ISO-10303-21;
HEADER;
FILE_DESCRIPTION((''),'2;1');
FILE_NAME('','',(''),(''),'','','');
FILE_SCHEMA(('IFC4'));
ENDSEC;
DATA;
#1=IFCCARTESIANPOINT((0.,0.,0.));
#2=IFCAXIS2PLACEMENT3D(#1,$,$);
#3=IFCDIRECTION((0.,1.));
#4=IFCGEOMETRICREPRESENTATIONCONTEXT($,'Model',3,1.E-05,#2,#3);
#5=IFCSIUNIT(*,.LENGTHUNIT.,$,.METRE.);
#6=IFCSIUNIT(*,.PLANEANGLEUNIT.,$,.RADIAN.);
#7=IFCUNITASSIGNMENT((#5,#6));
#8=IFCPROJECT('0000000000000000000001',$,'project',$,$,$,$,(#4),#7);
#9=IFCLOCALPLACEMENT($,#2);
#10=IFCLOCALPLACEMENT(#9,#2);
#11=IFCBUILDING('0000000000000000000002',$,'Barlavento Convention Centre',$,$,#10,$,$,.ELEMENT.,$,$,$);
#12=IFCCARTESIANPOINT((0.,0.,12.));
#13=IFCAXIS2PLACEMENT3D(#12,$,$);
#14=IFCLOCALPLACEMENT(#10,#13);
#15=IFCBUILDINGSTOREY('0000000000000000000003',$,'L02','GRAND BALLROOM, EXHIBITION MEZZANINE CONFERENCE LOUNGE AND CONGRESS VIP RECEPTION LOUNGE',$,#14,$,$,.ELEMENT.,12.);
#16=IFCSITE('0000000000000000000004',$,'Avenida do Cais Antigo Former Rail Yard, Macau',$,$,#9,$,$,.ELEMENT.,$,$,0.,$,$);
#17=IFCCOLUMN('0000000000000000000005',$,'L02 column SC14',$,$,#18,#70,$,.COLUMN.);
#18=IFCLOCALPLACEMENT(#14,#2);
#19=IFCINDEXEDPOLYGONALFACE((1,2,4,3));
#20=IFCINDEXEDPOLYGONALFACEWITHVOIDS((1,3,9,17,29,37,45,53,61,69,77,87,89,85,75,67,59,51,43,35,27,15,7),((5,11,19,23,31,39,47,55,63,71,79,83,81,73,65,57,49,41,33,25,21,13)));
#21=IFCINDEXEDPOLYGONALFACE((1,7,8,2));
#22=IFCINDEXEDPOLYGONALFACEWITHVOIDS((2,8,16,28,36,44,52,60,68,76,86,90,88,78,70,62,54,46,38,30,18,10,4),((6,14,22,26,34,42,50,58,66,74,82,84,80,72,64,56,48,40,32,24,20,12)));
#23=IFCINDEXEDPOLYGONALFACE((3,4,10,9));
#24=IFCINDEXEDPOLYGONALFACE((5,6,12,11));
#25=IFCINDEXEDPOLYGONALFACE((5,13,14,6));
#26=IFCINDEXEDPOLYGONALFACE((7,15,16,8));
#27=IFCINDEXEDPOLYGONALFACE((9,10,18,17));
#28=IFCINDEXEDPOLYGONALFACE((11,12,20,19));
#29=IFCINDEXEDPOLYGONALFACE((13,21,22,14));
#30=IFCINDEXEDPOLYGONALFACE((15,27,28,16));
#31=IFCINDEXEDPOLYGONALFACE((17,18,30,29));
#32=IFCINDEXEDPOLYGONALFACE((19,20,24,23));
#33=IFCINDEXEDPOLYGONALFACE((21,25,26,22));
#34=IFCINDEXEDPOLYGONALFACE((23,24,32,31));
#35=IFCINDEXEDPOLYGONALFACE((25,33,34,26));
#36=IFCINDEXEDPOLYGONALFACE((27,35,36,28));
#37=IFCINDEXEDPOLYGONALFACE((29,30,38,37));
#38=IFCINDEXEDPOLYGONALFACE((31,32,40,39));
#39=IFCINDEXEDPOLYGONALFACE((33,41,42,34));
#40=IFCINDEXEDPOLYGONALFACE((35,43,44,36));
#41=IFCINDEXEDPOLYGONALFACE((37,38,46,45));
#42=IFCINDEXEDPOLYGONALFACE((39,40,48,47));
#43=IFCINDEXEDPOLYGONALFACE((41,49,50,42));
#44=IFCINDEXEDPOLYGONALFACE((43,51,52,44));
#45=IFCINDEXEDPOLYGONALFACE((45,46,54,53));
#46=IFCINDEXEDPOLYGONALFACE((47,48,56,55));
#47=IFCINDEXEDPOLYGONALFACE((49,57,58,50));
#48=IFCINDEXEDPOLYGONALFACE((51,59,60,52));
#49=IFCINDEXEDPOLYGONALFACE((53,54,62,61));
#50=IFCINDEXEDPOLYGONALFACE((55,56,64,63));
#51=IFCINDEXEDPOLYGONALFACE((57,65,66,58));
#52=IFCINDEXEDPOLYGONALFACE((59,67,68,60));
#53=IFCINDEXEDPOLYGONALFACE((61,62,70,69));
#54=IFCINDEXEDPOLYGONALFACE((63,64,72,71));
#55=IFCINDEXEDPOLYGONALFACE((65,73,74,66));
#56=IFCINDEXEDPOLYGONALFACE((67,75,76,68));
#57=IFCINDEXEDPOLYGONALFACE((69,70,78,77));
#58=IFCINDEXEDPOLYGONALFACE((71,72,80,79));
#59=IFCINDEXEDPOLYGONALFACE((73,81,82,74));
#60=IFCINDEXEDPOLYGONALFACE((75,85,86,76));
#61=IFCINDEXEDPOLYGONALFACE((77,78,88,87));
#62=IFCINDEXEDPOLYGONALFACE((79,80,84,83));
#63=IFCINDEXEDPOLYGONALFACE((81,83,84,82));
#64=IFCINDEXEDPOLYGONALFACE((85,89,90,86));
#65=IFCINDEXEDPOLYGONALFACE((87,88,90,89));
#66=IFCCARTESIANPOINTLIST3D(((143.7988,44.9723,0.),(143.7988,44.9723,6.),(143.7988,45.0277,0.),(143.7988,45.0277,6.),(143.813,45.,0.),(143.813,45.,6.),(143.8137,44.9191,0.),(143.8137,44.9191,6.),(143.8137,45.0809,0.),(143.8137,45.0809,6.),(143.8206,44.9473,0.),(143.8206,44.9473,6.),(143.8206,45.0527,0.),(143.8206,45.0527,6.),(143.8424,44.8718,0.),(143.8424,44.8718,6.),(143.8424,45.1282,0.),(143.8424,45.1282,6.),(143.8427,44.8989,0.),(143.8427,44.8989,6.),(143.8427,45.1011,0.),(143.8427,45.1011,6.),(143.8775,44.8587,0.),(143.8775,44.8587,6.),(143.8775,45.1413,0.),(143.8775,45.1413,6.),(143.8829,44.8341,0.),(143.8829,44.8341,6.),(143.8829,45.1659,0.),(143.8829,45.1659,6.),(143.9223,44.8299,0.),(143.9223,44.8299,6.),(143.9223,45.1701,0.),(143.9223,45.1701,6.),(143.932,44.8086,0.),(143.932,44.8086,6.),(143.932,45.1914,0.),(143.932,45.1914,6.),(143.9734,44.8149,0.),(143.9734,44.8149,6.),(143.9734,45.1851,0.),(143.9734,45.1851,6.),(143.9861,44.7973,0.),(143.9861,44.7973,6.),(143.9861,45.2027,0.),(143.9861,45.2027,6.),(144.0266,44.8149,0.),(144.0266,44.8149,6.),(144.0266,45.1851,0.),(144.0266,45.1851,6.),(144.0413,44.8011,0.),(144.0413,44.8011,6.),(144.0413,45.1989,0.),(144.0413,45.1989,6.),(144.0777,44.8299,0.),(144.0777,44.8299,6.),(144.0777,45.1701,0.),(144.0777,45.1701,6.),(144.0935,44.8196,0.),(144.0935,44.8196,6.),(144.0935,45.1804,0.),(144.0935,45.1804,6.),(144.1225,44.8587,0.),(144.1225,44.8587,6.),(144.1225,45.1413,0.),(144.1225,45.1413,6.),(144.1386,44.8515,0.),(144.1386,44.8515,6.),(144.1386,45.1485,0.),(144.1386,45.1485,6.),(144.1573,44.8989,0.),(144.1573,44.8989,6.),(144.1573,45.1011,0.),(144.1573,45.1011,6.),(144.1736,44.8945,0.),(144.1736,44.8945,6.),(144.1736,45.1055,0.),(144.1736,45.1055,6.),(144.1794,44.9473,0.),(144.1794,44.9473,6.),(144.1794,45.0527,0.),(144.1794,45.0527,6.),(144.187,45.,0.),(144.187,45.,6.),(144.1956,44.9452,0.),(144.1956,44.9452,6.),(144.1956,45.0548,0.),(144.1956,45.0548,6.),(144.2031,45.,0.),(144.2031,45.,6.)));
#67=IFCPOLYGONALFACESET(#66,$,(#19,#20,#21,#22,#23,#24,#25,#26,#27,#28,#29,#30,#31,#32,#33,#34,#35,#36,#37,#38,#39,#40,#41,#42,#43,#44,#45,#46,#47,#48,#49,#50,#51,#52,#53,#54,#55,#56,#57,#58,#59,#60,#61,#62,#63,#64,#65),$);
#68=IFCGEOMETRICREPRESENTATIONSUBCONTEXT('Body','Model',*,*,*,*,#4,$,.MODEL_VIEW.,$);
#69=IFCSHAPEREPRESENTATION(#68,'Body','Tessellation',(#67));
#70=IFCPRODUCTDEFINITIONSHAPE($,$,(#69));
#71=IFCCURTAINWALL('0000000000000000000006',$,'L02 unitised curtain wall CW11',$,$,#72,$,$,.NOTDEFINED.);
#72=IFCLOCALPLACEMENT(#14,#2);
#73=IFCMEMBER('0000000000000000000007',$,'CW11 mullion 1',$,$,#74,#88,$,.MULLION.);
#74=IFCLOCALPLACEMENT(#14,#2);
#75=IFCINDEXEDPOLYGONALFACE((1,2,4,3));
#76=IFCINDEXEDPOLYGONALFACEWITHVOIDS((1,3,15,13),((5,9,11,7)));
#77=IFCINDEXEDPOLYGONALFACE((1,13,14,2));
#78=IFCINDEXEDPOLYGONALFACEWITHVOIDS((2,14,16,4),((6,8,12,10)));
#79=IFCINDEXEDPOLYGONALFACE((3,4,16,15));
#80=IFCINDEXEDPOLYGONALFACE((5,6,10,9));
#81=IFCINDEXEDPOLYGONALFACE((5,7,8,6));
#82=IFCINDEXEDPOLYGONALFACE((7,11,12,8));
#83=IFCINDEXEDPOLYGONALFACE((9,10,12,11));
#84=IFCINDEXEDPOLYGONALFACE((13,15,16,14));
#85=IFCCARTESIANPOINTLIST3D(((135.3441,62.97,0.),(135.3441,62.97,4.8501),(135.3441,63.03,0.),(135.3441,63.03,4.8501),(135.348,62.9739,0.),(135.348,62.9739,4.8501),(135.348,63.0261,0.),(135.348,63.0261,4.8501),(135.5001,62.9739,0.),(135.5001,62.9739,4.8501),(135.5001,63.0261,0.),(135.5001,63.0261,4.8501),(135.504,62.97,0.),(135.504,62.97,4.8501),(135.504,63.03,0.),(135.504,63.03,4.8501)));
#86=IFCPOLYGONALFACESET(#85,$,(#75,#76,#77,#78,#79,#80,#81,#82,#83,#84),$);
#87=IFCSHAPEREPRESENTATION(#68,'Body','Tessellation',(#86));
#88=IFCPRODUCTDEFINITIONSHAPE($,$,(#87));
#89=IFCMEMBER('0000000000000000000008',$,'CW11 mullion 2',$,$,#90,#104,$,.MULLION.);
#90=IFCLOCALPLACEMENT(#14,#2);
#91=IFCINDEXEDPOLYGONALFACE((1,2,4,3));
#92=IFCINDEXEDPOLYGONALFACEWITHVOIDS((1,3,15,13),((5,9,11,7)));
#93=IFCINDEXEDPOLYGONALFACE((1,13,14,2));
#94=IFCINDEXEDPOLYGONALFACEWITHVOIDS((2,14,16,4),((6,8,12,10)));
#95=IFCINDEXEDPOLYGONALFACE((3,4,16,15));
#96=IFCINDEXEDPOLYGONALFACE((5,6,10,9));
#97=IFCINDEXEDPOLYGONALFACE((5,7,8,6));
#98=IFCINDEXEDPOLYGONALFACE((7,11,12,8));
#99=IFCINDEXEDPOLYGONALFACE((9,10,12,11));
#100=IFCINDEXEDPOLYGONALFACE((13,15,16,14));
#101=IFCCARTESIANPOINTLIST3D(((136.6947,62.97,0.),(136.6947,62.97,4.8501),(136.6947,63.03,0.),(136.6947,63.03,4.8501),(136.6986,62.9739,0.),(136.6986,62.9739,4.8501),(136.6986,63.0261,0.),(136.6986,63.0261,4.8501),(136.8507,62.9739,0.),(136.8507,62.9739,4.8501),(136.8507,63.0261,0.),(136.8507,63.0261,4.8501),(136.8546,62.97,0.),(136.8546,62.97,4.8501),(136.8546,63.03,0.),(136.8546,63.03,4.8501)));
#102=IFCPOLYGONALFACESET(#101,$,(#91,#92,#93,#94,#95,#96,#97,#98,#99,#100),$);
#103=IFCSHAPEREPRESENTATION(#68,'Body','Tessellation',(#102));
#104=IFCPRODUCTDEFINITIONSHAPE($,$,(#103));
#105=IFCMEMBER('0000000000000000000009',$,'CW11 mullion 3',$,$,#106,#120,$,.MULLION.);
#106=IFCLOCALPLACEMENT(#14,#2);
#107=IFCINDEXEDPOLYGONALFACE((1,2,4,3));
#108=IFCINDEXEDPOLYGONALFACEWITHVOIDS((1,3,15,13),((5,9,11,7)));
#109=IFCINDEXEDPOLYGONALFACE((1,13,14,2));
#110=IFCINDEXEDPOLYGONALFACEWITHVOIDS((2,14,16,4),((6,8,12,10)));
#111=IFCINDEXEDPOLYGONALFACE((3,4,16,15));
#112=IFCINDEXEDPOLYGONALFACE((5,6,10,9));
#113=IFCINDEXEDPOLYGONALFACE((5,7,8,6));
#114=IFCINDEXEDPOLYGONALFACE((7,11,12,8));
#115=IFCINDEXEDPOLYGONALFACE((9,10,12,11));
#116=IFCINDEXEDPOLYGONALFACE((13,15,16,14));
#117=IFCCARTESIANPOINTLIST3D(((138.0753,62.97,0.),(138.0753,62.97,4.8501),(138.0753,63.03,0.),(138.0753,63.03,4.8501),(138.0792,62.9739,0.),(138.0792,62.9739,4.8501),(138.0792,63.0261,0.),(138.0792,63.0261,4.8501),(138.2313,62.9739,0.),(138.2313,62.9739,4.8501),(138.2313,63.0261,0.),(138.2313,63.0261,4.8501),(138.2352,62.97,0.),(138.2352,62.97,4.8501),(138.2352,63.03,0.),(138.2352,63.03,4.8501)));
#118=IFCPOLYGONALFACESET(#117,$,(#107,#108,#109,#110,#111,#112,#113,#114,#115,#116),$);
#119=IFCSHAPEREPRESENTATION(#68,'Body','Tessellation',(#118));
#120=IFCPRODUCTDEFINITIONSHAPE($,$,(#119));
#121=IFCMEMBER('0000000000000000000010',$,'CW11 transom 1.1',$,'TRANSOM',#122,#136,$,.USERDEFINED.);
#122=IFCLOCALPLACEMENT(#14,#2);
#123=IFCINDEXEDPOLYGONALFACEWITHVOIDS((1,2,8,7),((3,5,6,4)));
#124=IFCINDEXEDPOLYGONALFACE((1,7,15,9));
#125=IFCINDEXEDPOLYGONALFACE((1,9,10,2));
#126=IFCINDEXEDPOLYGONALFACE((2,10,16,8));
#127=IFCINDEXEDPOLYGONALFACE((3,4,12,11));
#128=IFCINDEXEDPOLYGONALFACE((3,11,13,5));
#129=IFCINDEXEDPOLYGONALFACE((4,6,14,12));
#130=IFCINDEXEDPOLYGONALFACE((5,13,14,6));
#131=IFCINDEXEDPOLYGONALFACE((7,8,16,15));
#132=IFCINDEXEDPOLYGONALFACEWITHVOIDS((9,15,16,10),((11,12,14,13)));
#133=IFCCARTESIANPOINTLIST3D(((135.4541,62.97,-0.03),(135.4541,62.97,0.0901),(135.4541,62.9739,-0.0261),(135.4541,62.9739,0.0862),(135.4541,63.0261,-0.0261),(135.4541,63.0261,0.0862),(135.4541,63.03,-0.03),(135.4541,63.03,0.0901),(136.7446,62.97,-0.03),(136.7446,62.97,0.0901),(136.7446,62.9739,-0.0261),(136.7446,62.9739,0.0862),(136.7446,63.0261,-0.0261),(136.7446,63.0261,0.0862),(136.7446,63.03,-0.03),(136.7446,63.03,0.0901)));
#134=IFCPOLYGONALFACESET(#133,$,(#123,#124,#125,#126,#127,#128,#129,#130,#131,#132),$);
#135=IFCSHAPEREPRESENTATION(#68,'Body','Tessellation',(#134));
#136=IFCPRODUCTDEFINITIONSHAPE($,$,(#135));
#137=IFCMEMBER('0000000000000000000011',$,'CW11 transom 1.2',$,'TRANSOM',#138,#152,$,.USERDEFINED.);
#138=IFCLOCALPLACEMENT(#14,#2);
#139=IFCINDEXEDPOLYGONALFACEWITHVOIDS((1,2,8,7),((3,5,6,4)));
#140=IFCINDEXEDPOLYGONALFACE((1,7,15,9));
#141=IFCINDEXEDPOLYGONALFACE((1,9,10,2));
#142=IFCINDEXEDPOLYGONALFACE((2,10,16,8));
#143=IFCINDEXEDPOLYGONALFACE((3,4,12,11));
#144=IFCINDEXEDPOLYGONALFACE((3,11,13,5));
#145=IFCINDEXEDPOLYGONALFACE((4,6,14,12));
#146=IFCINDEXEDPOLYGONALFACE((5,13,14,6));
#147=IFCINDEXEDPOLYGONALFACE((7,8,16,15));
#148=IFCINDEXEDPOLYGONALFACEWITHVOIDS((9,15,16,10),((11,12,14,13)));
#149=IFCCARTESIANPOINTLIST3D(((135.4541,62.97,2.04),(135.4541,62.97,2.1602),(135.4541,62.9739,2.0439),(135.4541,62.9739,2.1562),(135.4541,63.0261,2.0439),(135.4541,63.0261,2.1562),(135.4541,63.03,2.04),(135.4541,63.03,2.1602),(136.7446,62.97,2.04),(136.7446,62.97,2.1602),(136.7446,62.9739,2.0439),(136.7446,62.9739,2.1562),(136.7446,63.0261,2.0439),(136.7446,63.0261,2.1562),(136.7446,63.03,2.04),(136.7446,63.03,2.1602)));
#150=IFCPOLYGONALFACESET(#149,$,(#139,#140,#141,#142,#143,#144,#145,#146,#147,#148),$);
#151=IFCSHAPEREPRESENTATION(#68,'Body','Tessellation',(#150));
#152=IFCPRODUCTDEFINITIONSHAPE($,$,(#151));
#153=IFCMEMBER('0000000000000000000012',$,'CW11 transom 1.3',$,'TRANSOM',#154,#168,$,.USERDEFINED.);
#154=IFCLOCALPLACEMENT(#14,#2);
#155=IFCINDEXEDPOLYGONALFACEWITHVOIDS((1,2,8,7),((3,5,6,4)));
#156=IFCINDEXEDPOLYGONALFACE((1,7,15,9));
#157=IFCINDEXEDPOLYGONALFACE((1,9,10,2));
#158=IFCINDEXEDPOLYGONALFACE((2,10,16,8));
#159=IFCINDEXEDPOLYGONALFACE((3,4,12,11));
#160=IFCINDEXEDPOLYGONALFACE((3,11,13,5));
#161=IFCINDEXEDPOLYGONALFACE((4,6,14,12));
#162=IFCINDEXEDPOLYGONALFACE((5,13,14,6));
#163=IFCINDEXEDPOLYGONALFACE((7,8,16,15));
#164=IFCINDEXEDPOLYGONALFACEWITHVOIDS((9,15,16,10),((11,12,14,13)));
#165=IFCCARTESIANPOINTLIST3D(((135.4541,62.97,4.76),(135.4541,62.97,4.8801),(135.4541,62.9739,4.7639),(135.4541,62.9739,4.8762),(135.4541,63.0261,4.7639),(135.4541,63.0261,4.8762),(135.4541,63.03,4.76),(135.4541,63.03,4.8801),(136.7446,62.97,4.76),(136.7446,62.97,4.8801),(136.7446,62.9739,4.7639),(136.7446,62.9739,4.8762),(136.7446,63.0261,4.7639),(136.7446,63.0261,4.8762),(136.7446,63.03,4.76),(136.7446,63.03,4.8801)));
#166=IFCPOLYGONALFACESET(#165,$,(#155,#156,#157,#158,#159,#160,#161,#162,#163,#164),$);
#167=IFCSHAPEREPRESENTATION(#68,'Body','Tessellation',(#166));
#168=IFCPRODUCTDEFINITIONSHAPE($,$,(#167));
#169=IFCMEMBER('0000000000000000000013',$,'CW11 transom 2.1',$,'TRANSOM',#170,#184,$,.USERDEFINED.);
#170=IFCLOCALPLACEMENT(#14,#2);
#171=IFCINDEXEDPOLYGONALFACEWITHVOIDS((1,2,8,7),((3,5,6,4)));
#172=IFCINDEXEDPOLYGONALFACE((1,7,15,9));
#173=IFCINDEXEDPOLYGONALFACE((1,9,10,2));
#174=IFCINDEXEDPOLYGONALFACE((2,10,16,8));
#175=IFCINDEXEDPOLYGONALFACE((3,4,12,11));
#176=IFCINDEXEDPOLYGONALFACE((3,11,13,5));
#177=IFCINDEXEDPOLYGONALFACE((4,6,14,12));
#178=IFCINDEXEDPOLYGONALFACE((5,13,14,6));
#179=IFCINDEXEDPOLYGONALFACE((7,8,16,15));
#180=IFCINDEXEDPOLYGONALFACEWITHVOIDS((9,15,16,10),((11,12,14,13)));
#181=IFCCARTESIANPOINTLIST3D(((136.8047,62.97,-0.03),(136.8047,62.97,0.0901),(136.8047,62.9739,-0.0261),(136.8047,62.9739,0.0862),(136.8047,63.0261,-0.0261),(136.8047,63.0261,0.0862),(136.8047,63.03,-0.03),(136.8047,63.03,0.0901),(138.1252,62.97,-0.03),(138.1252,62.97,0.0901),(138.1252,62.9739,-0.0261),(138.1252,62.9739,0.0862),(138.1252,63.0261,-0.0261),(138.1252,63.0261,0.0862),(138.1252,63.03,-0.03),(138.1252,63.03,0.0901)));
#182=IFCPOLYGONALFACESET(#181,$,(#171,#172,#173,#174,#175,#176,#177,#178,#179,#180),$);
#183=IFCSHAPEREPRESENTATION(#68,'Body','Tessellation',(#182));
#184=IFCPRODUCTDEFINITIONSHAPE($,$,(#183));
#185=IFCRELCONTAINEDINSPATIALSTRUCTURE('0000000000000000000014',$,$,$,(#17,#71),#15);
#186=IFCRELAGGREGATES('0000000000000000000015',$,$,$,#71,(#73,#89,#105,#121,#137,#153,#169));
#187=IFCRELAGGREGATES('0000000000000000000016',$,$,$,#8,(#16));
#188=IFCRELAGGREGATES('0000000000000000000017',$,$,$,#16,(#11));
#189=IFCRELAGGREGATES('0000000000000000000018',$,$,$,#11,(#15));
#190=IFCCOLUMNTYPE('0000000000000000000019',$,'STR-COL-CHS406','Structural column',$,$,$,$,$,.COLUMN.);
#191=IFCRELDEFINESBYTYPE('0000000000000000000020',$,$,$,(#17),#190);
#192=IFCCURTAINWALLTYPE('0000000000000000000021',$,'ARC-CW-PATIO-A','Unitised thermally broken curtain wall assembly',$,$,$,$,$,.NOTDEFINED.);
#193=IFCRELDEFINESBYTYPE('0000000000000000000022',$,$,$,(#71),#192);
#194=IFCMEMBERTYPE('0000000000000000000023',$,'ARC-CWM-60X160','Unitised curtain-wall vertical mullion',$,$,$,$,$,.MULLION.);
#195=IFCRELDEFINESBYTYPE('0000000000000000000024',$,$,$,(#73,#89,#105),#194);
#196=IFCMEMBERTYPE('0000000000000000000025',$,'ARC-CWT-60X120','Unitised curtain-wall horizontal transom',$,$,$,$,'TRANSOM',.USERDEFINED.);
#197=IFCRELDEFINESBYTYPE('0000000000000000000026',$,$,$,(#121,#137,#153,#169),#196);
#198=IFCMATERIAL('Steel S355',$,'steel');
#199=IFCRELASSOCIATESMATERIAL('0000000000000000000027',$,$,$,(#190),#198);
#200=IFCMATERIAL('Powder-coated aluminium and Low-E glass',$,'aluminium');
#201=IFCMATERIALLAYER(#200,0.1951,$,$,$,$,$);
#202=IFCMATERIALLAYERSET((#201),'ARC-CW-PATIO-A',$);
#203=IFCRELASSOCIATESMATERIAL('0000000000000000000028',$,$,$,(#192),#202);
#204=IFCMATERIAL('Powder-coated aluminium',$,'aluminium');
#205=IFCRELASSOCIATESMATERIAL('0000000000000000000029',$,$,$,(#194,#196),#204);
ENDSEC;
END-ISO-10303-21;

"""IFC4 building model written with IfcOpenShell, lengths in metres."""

from ifc_helpers import new_model, si_unit, direction, frame, origin, origin_2d, place, context, subcontext, project, spatial, hollow_rectangle, hollow_circle, extrude, material, layer, layer_set, material_profile, profile_set, type_object, element, aggregate, save


model = new_model("IFC4")

# Units and contexts
model_context = context("Model", 3, precision=1e-05, world=origin(), true_north=direction((0.0, 1.0)))
body_context = subcontext(model_context, "Body", "Model", "MODEL_VIEW")
ifc_project = project(units=[si_unit("LENGTHUNIT", "METRE"), si_unit("PLANEANGLEUNIT", "RADIAN")], contexts=[model_context])

# Site, building, storey
site_placement = place(None, origin())
site = spatial("IfcSite", under=ifc_project, at=site_placement, Name="Avenida do Cais Antigo Former Rail Yard, Macau", CompositionType="ELEMENT", RefElevation=0.0)
building_placement = place(site_placement, origin())
building = spatial("IfcBuilding", under=site, at=building_placement, Name="Barlavento Convention Centre", CompositionType="ELEMENT")
storey_placement = place(building_placement, frame((0.0, 0.0, 12.0)))
storey = spatial("IfcBuildingStorey", under=building, at=storey_placement, Name="L02", Description="GRAND BALLROOM, EXHIBITION MEZZANINE CONFERENCE LOUNGE AND CONGRESS VIP RECEPTION LOUNGE", CompositionType="ELEMENT", Elevation=12.0)

# Column
ifc_material_1 = material(Name="Steel S355", Category="steel")
ifc_material_profile_1 = material_profile(ifc_material_1, hollow_circle(Radius=0.2031, WallThickness=0.0161, at=origin_2d()), Name="CHS 406.4x16.0")
ifc_profile_set_1 = profile_set([ifc_material_profile_1], Name="Steel S355")
column_type = type_object("IfcColumnType", Name="STR-COL-CHS406", Description="Structural column", PredefinedType="COLUMN", material=ifc_profile_set_1)
column_placement = place(storey_placement, frame((144.0, 45.0, 0.0), z_axis=(0.0, 0.0, 1.0), x_axis=(1.0, 0.0, 0.0)))
element("IfcColumn", 1, at=column_placement, inside=storey, type_object=column_type, Name="L02 column SC14", PredefinedType="COLUMN", context=body_context, shape_type="SweptSolid", body=[
    extrude(hollow_circle(Radius=0.2031, WallThickness=0.0161, at=origin_2d()), origin(), (0.0, 0.0, 1.0), 6.0),
])

# Curtain wall, members
ifc_material_2 = material(Name="Powder-coated aluminium and Low-E glass", Category="aluminium")
ifc_layer_1 = layer(ifc_material_2, 0.1951)
ifc_layer_set_1 = layer_set([ifc_layer_1], Name="ARC-CW-PATIO-A")
curtain_wall_type = type_object("IfcCurtainWallType", Name="ARC-CW-PATIO-A", Description="Unitised thermally broken curtain wall assembly", PredefinedType="NOTDEFINED", material=ifc_layer_set_1)
curtain_wall_placement = place(storey_placement, origin())
curtain_wall = element("IfcCurtainWall", 2, at=curtain_wall_placement, inside=storey, type_object=curtain_wall_type, Name="L02 unitised curtain wall CW11", PredefinedType="NOTDEFINED")
ifc_material_3 = material(Name="Powder-coated aluminium", Category="aluminium")
ifc_material_profile_2 = material_profile(ifc_material_3, hollow_rectangle(XDim=0.0601, YDim=0.1599, WallThickness=0.0039, at=origin_2d()), Name="AL-MULL 60x160x4")
ifc_profile_set_2 = profile_set([ifc_material_profile_2], Name="Powder-coated aluminium")
member_type_1 = type_object("IfcMemberType", Name="ARC-CWM-60X160", Description="Unitised curtain-wall vertical mullion", PredefinedType="MULLION", material=ifc_profile_set_2)
member_1_placement = place(storey_placement, frame((135.4241, 63.0, 0.0), z_axis=(0.0, 0.0, 1.0), x_axis=(0.0, 1.0, 0.0)))
member_1 = element("IfcMember", 3, at=member_1_placement, type_object=member_type_1, Name="CW11 mullion 1", PredefinedType="MULLION", context=body_context, shape_type="SweptSolid", body=[
    extrude(hollow_rectangle(XDim=0.0601, YDim=0.1599, WallThickness=0.0039, at=origin_2d()), origin(), (0.0, 0.0, 1.0), 4.8501),
])
member_2_placement = place(storey_placement, frame((136.7747, 63.0, 0.0), z_axis=(0.0, 0.0, 1.0), x_axis=(0.0, 1.0, 0.0)))
member_2 = element("IfcMember", 4, at=member_2_placement, type_object=member_type_1, Name="CW11 mullion 2", PredefinedType="MULLION", context=body_context, shape_type="SweptSolid", body=[
    extrude(hollow_rectangle(XDim=0.0601, YDim=0.1599, WallThickness=0.0039, at=origin_2d()), origin(), (0.0, 0.0, 1.0), 4.8501),
])
member_3_placement = place(storey_placement, frame((138.1553, 63.0, 0.0), z_axis=(0.0, 0.0, 1.0), x_axis=(0.0, 1.0, 0.0)))
member_3 = element("IfcMember", 5, at=member_3_placement, type_object=member_type_1, Name="CW11 mullion 3", PredefinedType="MULLION", context=body_context, shape_type="SweptSolid", body=[
    extrude(hollow_rectangle(XDim=0.0601, YDim=0.1599, WallThickness=0.0039, at=origin_2d()), origin(), (0.0, 0.0, 1.0), 4.8501),
])
ifc_material_profile_3 = material_profile(ifc_material_3, hollow_rectangle(XDim=0.0601, YDim=0.1201, WallThickness=0.0039, at=origin_2d()), Name="AL-TRAN 60x120x4")
ifc_profile_set_3 = profile_set([ifc_material_profile_3], Name="Powder-coated aluminium")
member_type_2 = type_object("IfcMemberType", Name="ARC-CWT-60X120", Description="Unitised curtain-wall horizontal transom", ElementType="TRANSOM", PredefinedType="USERDEFINED", material=ifc_profile_set_3)
member_4_placement = place(storey_placement, frame((135.4541, 63.0, 0.03), z_axis=(1.0, 0.0, 0.0), x_axis=(0.0, 1.0, 0.0)))
member_4 = element("IfcMember", 6, at=member_4_placement, type_object=member_type_2, Name="CW11 transom 1.1", ObjectType="TRANSOM", PredefinedType="USERDEFINED", context=body_context, shape_type="SweptSolid", body=[
    extrude(hollow_rectangle(XDim=0.0601, YDim=0.1201, WallThickness=0.0039, at=origin_2d()), origin(), (0.0, 0.0, 1.0), 1.2905),
])
member_5_placement = place(storey_placement, frame((135.4541, 63.0, 2.1001), z_axis=(1.0, 0.0, 0.0), x_axis=(0.0, 1.0, 0.0)))
member_5 = element("IfcMember", 7, at=member_5_placement, type_object=member_type_2, Name="CW11 transom 1.2", ObjectType="TRANSOM", PredefinedType="USERDEFINED", context=body_context, shape_type="SweptSolid", body=[
    extrude(hollow_rectangle(XDim=0.0601, YDim=0.1201, WallThickness=0.0039, at=origin_2d()), origin(), (0.0, 0.0, 1.0), 1.2905),
])
member_6_placement = place(storey_placement, frame((135.4541, 63.0, 4.8201), z_axis=(1.0, 0.0, 0.0), x_axis=(0.0, 1.0, 0.0)))
member_6 = element("IfcMember", 8, at=member_6_placement, type_object=member_type_2, Name="CW11 transom 1.3", ObjectType="TRANSOM", PredefinedType="USERDEFINED", context=body_context, shape_type="SweptSolid", body=[
    extrude(hollow_rectangle(XDim=0.0601, YDim=0.1201, WallThickness=0.0039, at=origin_2d()), origin(), (0.0, 0.0, 1.0), 1.2905),
])
member_7_placement = place(storey_placement, frame((136.8047, 63.0, 0.03), z_axis=(1.0, 0.0, 0.0), x_axis=(0.0, 1.0, 0.0)))
member_7 = element("IfcMember", 9, at=member_7_placement, type_object=member_type_2, Name="CW11 transom 2.1", ObjectType="TRANSOM", PredefinedType="USERDEFINED", context=body_context, shape_type="SweptSolid", body=[
    extrude(hollow_rectangle(XDim=0.0601, YDim=0.1201, WallThickness=0.0039, at=origin_2d()), origin(), (0.0, 0.0, 1.0), 1.3206),
])

aggregate(curtain_wall, [member_1, member_2, member_3, member_4, member_5, member_6, member_7])

save(model, "model.ifc")
